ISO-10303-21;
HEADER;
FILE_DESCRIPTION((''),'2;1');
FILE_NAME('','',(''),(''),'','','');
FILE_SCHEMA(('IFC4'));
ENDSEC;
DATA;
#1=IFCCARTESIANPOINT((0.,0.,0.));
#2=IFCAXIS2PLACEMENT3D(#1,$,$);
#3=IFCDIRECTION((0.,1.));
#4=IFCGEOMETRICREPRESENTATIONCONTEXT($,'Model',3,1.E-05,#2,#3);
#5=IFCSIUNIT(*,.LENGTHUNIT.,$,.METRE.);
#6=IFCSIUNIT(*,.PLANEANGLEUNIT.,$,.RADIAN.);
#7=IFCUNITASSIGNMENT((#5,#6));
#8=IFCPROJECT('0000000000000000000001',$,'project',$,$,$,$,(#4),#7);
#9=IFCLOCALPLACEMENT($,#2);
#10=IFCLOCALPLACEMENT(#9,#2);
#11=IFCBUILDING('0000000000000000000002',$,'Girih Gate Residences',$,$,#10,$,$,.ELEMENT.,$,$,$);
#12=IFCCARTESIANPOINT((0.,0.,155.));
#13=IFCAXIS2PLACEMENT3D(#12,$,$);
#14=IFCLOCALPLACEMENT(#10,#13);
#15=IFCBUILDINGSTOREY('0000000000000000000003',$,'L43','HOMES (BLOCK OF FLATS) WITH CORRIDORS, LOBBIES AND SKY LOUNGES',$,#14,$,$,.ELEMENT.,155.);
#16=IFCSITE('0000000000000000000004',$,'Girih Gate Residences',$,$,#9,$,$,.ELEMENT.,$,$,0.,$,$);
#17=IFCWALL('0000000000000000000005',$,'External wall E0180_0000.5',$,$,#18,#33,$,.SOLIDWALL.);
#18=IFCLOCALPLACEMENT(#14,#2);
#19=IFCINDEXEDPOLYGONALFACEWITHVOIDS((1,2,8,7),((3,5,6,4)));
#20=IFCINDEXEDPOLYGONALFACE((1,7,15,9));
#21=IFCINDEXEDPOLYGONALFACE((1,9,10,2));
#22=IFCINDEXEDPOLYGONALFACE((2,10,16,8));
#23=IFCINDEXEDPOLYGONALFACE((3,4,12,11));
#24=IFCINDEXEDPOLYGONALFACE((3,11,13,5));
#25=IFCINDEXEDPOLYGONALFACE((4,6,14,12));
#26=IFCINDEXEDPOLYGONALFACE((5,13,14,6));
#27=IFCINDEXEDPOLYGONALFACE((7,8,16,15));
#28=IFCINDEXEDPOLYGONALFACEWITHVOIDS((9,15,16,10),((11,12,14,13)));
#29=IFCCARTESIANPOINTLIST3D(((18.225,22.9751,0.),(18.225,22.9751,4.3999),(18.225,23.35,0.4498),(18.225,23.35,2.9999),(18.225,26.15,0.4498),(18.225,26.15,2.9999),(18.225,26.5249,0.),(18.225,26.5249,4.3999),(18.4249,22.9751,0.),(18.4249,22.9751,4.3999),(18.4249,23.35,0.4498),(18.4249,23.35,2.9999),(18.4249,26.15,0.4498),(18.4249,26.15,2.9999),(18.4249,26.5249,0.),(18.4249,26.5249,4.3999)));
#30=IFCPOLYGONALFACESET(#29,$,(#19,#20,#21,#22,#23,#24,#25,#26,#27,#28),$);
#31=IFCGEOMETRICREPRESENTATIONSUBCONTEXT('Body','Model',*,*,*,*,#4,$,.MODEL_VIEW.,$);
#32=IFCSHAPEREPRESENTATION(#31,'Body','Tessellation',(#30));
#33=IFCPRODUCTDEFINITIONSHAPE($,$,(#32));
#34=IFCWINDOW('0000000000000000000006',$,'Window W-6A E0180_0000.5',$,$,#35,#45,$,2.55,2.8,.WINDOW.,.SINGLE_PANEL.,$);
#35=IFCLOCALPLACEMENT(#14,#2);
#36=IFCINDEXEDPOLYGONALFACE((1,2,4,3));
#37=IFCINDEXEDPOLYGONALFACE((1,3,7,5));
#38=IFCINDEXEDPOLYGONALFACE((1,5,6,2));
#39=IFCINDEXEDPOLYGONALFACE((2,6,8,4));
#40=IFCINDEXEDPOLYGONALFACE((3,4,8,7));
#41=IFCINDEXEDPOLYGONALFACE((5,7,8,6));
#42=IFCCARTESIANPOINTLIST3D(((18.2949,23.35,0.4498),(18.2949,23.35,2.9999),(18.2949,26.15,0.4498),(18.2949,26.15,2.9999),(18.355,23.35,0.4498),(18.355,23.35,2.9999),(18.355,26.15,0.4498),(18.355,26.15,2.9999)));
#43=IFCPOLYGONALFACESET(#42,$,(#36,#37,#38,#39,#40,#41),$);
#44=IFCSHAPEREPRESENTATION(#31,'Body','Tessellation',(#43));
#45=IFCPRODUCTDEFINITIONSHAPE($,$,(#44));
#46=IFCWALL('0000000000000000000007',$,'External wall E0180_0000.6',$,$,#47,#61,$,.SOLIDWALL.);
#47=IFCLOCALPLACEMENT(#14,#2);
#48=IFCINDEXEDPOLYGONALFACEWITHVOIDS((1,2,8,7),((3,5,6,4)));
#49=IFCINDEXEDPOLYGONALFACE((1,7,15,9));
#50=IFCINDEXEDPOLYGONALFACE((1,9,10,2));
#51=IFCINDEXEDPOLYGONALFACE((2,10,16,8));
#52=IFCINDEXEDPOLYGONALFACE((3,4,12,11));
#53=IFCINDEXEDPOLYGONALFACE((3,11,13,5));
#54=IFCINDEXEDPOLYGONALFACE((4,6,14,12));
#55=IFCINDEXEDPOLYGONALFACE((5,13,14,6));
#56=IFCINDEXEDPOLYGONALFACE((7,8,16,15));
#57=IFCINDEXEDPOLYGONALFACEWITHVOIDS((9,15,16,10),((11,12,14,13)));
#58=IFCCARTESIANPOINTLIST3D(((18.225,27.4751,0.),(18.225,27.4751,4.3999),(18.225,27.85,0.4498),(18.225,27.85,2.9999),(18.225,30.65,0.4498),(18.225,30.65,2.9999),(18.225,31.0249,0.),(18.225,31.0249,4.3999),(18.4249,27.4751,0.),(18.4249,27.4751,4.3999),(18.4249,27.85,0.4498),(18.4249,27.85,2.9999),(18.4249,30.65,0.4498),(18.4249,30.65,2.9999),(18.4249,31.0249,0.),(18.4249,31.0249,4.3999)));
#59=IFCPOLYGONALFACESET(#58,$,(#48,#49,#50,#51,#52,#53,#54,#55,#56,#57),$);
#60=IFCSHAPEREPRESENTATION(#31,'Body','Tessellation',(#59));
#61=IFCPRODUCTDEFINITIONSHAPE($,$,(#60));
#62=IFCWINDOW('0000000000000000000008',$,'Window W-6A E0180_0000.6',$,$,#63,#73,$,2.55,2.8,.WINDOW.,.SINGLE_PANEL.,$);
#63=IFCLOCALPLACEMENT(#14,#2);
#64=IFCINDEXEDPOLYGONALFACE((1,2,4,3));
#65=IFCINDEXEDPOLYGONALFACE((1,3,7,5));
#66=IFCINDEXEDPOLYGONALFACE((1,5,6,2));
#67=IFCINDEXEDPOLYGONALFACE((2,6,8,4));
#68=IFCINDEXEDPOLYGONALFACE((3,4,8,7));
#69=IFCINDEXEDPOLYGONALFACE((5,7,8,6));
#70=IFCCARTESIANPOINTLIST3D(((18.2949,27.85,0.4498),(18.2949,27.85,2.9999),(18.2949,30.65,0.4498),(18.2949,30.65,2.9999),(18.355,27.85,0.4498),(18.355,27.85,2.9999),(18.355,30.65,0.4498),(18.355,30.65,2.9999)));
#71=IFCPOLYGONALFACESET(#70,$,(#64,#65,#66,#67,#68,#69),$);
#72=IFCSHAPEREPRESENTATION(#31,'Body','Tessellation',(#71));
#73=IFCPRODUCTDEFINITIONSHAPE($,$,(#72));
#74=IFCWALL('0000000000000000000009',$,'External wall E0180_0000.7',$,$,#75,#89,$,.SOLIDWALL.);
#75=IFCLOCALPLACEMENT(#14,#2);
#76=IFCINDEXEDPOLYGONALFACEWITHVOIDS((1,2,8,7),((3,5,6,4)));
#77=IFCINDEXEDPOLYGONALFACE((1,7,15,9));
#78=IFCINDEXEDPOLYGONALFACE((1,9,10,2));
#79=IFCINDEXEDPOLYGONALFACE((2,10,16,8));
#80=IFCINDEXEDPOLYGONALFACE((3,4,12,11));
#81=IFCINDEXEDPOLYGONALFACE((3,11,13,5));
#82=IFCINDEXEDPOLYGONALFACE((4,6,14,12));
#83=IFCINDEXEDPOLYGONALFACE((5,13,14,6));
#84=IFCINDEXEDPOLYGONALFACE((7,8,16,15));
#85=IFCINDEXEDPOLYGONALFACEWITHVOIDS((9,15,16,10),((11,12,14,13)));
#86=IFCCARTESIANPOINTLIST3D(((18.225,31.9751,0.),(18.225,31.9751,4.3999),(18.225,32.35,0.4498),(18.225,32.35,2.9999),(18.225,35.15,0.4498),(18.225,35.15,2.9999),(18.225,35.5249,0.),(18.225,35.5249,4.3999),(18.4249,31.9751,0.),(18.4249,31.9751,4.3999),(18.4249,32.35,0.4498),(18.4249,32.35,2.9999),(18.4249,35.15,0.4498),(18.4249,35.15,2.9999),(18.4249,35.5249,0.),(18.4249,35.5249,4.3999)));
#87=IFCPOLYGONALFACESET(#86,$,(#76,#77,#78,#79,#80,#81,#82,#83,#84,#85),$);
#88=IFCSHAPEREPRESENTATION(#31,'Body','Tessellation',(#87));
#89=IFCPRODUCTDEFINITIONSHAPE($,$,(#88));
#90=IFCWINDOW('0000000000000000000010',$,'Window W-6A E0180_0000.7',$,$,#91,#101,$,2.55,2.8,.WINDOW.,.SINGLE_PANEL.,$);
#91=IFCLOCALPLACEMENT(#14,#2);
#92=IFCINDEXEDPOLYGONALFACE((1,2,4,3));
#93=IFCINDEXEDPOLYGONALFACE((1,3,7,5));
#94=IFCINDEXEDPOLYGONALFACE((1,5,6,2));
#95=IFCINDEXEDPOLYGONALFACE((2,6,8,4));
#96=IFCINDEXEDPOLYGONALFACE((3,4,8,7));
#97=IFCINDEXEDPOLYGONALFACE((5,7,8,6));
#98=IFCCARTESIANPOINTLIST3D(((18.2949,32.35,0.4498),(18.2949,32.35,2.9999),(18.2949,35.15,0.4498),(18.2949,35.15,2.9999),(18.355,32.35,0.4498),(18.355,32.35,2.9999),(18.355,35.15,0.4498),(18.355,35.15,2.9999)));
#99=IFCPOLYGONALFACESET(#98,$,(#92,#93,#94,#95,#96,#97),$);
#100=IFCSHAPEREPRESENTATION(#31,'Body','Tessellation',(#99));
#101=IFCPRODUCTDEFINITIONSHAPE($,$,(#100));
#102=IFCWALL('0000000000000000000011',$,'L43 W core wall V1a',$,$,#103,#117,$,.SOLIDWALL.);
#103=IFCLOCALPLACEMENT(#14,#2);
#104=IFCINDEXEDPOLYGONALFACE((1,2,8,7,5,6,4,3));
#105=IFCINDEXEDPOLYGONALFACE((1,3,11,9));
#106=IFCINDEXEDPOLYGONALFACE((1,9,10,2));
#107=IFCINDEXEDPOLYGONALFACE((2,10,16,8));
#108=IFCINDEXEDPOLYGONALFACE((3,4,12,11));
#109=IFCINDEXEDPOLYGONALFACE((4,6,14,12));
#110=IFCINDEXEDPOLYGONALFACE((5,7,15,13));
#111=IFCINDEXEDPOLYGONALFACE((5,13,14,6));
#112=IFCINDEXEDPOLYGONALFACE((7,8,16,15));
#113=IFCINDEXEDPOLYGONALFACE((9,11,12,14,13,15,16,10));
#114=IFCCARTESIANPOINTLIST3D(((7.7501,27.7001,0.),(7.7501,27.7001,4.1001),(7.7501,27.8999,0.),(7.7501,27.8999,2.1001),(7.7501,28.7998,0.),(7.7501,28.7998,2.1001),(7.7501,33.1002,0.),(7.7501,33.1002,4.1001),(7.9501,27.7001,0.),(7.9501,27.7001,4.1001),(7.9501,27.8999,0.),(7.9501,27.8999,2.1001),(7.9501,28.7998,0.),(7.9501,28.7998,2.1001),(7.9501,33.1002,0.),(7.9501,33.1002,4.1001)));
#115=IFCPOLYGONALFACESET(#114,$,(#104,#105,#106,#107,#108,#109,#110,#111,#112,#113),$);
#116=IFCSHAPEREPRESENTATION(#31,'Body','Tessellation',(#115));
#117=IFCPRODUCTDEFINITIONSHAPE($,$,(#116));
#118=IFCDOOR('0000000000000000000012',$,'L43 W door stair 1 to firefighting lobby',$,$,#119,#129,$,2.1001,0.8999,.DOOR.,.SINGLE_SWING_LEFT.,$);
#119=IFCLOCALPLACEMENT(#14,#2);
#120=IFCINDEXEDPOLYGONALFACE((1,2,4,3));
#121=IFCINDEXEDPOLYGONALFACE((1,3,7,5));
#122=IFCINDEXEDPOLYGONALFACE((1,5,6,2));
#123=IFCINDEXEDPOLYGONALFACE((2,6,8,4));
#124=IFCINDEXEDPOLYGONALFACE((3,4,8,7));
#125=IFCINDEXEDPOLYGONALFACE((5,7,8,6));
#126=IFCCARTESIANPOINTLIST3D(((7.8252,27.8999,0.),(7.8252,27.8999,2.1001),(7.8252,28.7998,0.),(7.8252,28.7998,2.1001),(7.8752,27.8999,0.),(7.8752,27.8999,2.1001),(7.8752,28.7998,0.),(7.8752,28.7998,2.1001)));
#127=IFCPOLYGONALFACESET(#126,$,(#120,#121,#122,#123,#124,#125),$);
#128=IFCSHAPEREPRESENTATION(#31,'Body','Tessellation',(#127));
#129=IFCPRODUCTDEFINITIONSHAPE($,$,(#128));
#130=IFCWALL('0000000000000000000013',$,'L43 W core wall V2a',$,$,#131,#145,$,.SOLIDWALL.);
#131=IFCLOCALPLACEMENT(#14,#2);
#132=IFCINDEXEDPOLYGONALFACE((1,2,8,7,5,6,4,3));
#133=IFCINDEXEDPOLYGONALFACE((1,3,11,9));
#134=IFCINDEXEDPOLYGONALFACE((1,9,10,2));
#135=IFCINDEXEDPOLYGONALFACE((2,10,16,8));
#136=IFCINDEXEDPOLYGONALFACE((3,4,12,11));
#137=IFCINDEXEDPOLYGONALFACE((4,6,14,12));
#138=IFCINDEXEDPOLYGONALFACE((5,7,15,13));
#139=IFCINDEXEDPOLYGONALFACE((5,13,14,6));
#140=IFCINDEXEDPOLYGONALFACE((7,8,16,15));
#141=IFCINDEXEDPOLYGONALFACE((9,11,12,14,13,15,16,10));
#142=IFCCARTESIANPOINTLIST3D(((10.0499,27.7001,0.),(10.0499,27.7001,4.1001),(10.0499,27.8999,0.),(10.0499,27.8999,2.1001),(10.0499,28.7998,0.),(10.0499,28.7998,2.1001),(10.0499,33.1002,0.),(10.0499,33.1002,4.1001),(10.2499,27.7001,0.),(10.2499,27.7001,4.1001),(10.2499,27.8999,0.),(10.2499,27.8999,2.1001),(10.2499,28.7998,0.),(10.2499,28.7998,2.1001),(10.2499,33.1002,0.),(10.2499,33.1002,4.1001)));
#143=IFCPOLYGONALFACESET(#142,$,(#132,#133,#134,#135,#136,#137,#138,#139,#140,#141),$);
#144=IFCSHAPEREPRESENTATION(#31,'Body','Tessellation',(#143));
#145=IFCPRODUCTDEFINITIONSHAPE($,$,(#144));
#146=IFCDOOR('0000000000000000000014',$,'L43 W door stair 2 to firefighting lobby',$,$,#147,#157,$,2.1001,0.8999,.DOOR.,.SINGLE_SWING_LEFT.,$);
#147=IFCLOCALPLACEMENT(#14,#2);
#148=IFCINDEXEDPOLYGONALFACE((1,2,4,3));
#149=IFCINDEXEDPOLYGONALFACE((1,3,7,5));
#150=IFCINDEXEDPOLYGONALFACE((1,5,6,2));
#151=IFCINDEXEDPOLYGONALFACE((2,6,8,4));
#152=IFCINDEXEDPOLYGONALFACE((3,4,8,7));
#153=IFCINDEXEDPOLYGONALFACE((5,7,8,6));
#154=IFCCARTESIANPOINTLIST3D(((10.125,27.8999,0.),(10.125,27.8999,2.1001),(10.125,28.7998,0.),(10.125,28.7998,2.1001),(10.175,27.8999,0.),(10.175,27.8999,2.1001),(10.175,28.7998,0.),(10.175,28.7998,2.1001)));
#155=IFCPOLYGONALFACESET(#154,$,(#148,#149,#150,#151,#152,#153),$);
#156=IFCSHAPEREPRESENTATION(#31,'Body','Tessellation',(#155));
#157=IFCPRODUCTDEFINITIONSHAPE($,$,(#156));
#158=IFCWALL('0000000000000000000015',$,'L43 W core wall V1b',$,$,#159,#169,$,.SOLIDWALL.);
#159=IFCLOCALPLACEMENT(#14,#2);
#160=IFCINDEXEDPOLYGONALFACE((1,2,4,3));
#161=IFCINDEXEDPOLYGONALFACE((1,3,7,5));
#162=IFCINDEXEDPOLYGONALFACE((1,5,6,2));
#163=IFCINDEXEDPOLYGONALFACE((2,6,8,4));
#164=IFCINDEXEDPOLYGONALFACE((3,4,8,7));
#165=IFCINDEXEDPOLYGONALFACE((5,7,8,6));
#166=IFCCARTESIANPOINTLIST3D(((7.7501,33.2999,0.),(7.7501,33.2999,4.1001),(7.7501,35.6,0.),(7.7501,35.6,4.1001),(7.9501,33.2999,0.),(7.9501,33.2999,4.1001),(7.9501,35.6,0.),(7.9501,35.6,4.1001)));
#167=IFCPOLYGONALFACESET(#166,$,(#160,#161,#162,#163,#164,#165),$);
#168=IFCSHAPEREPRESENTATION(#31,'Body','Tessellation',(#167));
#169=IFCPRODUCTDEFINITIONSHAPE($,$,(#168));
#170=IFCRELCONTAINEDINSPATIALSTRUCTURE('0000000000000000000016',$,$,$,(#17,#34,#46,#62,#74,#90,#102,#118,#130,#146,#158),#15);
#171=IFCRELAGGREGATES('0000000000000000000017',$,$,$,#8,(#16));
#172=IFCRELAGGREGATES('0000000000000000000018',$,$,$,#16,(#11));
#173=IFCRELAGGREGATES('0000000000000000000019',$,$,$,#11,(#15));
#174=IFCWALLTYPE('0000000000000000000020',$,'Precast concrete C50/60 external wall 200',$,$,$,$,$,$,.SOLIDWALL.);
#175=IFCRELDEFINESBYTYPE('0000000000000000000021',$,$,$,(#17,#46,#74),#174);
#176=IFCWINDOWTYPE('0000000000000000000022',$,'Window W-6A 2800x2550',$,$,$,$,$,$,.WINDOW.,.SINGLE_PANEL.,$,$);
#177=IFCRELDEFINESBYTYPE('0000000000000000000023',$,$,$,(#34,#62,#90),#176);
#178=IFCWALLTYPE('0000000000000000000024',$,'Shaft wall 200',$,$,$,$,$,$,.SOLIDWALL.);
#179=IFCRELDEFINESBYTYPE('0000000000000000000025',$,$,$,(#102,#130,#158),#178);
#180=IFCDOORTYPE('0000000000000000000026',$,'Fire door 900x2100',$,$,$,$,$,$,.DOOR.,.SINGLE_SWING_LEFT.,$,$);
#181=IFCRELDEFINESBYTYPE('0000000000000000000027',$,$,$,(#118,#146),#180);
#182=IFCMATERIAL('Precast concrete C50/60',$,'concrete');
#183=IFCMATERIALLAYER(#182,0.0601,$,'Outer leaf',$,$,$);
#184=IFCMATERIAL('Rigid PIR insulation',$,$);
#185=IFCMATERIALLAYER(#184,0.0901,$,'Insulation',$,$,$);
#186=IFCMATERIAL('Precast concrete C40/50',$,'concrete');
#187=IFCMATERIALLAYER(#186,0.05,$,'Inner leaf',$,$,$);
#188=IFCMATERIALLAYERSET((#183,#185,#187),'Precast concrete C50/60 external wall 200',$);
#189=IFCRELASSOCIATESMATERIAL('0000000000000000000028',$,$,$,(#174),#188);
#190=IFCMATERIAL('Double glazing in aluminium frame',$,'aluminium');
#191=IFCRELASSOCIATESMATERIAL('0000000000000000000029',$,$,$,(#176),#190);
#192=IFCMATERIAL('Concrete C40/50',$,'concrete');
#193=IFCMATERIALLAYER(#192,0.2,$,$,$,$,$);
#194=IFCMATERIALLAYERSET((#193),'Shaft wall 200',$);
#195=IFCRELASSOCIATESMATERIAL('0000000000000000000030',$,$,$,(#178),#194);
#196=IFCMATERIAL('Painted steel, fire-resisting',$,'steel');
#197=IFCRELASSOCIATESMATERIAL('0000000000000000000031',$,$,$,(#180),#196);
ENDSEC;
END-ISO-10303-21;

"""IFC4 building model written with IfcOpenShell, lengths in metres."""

from ifc_helpers import new_model, si_unit, direction, frame, frame_2d, origin, place, context, subcontext, project, spatial, rectangle, extrude, material, layer, layer_set, type_object, element, fill, save


model = new_model("IFC4")

# Units and contexts
model_context = context("Model", 3, precision=1e-05, world=origin(), true_north=direction((0.0, 1.0)))
body_context = subcontext(model_context, "Body", "Model", "MODEL_VIEW")
ifc_project = project(units=[si_unit("LENGTHUNIT", "METRE"), si_unit("PLANEANGLEUNIT", "RADIAN")], contexts=[model_context])

# Site, building, storey
site_placement = place(None, origin())
site = spatial("IfcSite", under=ifc_project, at=site_placement, Name="Girih Gate Residences", CompositionType="ELEMENT", RefElevation=0.0)
building_placement = place(site_placement, origin())
building = spatial("IfcBuilding", under=site, at=building_placement, Name="Girih Gate Residences", CompositionType="ELEMENT")
storey_placement = place(building_placement, frame((0.0, 0.0, 155.0)))
storey = spatial("IfcBuildingStorey", under=building, at=storey_placement, Name="L43", Description="HOMES (BLOCK OF FLATS) WITH CORRIDORS, LOBBIES AND SKY LOUNGES", CompositionType="ELEMENT", Elevation=155.0)

# Shared definitions
ifc_material_1 = material(Name="Painted steel, fire-resisting", Category="steel")

# Walls, openings, windows
ifc_material_2 = material(Name="Precast concrete C50/60", Category="concrete")
ifc_layer_1 = layer(ifc_material_2, 0.0601, Name="Outer leaf")
ifc_material_3 = material(Name="Rigid PIR insulation")
ifc_layer_2 = layer(ifc_material_3, 0.0901, Name="Insulation")
ifc_material_4 = material(Name="Precast concrete C40/50", Category="concrete")
ifc_layer_3 = layer(ifc_material_4, 0.05, Name="Inner leaf")
ifc_layer_set_1 = layer_set([ifc_layer_1, ifc_layer_2, ifc_layer_3], Name="Precast concrete C50/60 external wall 200")
wall_type_1 = type_object("IfcWallType", Name="Precast concrete C50/60 external wall 200", PredefinedType="SOLIDWALL", material=ifc_layer_set_1)
wall_1_placement = place(storey_placement, frame((18.325, 26.5249, 0.0), z_axis=(0.0, 0.0, 1.0), x_axis=(0.0, -1.0, 0.0)))
wall_1 = element("IfcWall", 1, at=wall_1_placement, inside=storey, type_object=wall_type_1, Name="External wall E0180_0000.5", PredefinedType="SOLIDWALL", context=body_context, shape_type="SweptSolid", body=[
    extrude(rectangle(XDim=3.5498, YDim=0.2, at=frame_2d((1.7749, 0.0))), origin(), (0.0, 0.0, 1.0), 4.3999),
])
opening_1_placement = place(wall_1_placement, frame((0.375, 0.0, 0.45)))
opening_1 = element("IfcOpeningElement", 2, at=opening_1_placement, cuts=wall_1, PredefinedType="OPENING", context=body_context, shape_type="SweptSolid", body=[
    extrude(rectangle(XDim=2.8, YDim=2.55, at=frame_2d((1.3999, 1.2749))), frame((0.0, 0.1099, 0.0), z_axis=(0.0, -1.0, 0.0), x_axis=(1.0, 0.0, 0.0)), (0.0, 0.0, 1.0), 0.22),
])
ifc_material_5 = material(Name="Double glazing in aluminium frame", Category="aluminium")
window_type = type_object("IfcWindowType", Name="Window W-6A 2800x2550", PartitioningType="SINGLE_PANEL", PredefinedType="WINDOW", material=ifc_material_5)
window_1_placement = place(opening_1_placement, origin())
window_1 = element("IfcWindow", 3, at=window_1_placement, inside=storey, type_object=window_type, Name="Window W-6A E0180_0000.5", OverallHeight=2.55, OverallWidth=2.8, PartitioningType="SINGLE_PANEL", PredefinedType="WINDOW", context=body_context, shape_type="SweptSolid", body=[
    extrude(rectangle(XDim=2.8, YDim=2.55, at=frame_2d((1.3999, 1.2749))), frame((0.0, 0.03, 0.0), z_axis=(0.0, -1.0, 0.0), x_axis=(1.0, 0.0, 0.0)), (0.0, 0.0, 1.0), 0.0601),
])
fill(opening_1, window_1)
wall_2_placement = place(storey_placement, frame((18.325, 31.0249, 0.0), z_axis=(0.0, 0.0, 1.0), x_axis=(0.0, -1.0, 0.0)))
wall_2 = element("IfcWall", 4, at=wall_2_placement, inside=storey, type_object=wall_type_1, Name="External wall E0180_0000.6", PredefinedType="SOLIDWALL", context=body_context, shape_type="SweptSolid", body=[
    extrude(rectangle(XDim=3.5498, YDim=0.2, at=frame_2d((1.7749, 0.0))), origin(), (0.0, 0.0, 1.0), 4.3999),
])
opening_2_placement = place(wall_2_placement, frame((0.375, 0.0, 0.45)))
opening_2 = element("IfcOpeningElement", 5, at=opening_2_placement, cuts=wall_2, PredefinedType="OPENING", context=body_context, shape_type="SweptSolid", body=[
    extrude(rectangle(XDim=2.8, YDim=2.55, at=frame_2d((1.3999, 1.2749))), frame((0.0, 0.1099, 0.0), z_axis=(0.0, -1.0, 0.0), x_axis=(1.0, 0.0, 0.0)), (0.0, 0.0, 1.0), 0.22),
])
window_2_placement = place(opening_2_placement, origin())
window_2 = element("IfcWindow", 6, at=window_2_placement, inside=storey, type_object=window_type, Name="Window W-6A E0180_0000.6", OverallHeight=2.55, OverallWidth=2.8, PartitioningType="SINGLE_PANEL", PredefinedType="WINDOW", context=body_context, shape_type="SweptSolid", body=[
    extrude(rectangle(XDim=2.8, YDim=2.55, at=frame_2d((1.3999, 1.2749))), frame((0.0, 0.03, 0.0), z_axis=(0.0, -1.0, 0.0), x_axis=(1.0, 0.0, 0.0)), (0.0, 0.0, 1.0), 0.0601),
])
fill(opening_2, window_2)
wall_3_placement = place(storey_placement, frame((18.325, 35.5249, 0.0), z_axis=(0.0, 0.0, 1.0), x_axis=(0.0, -1.0, 0.0)))
wall_3 = element("IfcWall", 7, at=wall_3_placement, inside=storey, type_object=wall_type_1, Name="External wall E0180_0000.7", PredefinedType="SOLIDWALL", context=body_context, shape_type="SweptSolid", body=[
    extrude(rectangle(XDim=3.5498, YDim=0.2, at=frame_2d((1.7749, 0.0))), origin(), (0.0, 0.0, 1.0), 4.3999),
])
opening_3_placement = place(wall_3_placement, frame((0.375, 0.0, 0.45)))
opening_3 = element("IfcOpeningElement", 8, at=opening_3_placement, cuts=wall_3, PredefinedType="OPENING", context=body_context, shape_type="SweptSolid", body=[
    extrude(rectangle(XDim=2.8, YDim=2.55, at=frame_2d((1.3999, 1.2749))), frame((0.0, 0.1099, 0.0), z_axis=(0.0, -1.0, 0.0), x_axis=(1.0, 0.0, 0.0)), (0.0, 0.0, 1.0), 0.22),
])
window_3_placement = place(opening_3_placement, origin())
window_3 = element("IfcWindow", 9, at=window_3_placement, inside=storey, type_object=window_type, Name="Window W-6A E0180_0000.7", OverallHeight=2.55, OverallWidth=2.8, PartitioningType="SINGLE_PANEL", PredefinedType="WINDOW", context=body_context, shape_type="SweptSolid", body=[
    extrude(rectangle(XDim=2.8, YDim=2.55, at=frame_2d((1.3999, 1.2749))), frame((0.0, 0.03, 0.0), z_axis=(0.0, -1.0, 0.0), x_axis=(1.0, 0.0, 0.0)), (0.0, 0.0, 1.0), 0.0601),
])
fill(opening_3, window_3)

# Walls, openings, doors
ifc_material_6 = material(Name="Concrete C40/50", Category="concrete")
ifc_layer_4 = layer(ifc_material_6, 0.2)
ifc_layer_set_2 = layer_set([ifc_layer_4], Name="Shaft wall 200")
wall_type_2 = type_object("IfcWallType", Name="Shaft wall 200", PredefinedType="SOLIDWALL", material=ifc_layer_set_2)
wall_4_placement = place(storey_placement, frame((7.8501, 27.7, 0.0), z_axis=(0.0, 0.0, 1.0), x_axis=(0.0, 1.0, 0.0)))
wall_4 = element("IfcWall", 10, at=wall_4_placement, inside=storey, type_object=wall_type_2, Name="L43 W core wall V1a", PredefinedType="SOLIDWALL", context=body_context, shape_type="SweptSolid", body=[
    extrude(rectangle(XDim=5.4001, YDim=0.2, at=frame_2d((2.7002, 0.0))), origin(), (0.0, 0.0, 1.0), 4.1001),
])
opening_4_placement = place(wall_4_placement, frame((0.2, 0.0, 0.0)))
opening_4 = element("IfcOpeningElement", 11, at=opening_4_placement, cuts=wall_4, PredefinedType="OPENING", context=body_context, shape_type="SweptSolid", body=[
    extrude(rectangle(XDim=0.8999, YDim=2.1001, at=frame_2d((0.45, 1.05))), frame((0.0, 0.1099, 0.0), z_axis=(0.0, -1.0, 0.0), x_axis=(1.0, 0.0, 0.0)), (0.0, 0.0, 1.0), 0.22),
])
door_type_1 = type_object("IfcDoorType", Name="Fire door 900x2100", OperationType="SINGLE_SWING_LEFT", PredefinedType="DOOR", material=ifc_material_1)
door_1_placement = place(opening_4_placement, origin())
door_1 = element("IfcDoor", 12, at=door_1_placement, inside=storey, type_object=door_type_1, Name="L43 W door stair 1 to firefighting lobby", OperationType="SINGLE_SWING_LEFT", OverallHeight=2.1001, OverallWidth=0.8999, PredefinedType="DOOR", context=body_context, shape_type="SweptSolid", body=[
    extrude(rectangle(XDim=0.8999, YDim=2.1001, at=frame_2d((0.45, 1.05))), frame((0.0, 0.0249, 0.0), z_axis=(0.0, -1.0, 0.0), x_axis=(1.0, 0.0, 0.0)), (0.0, 0.0, 1.0), 0.05),
])
fill(opening_4, door_1)
wall_5_placement = place(storey_placement, frame((10.1499, 27.7, 0.0), z_axis=(0.0, 0.0, 1.0), x_axis=(0.0, 1.0, 0.0)))
wall_5 = element("IfcWall", 13, at=wall_5_placement, inside=storey, type_object=wall_type_2, Name="L43 W core wall V2a", PredefinedType="SOLIDWALL", context=body_context, shape_type="SweptSolid", body=[
    extrude(rectangle(XDim=5.4001, YDim=0.2, at=frame_2d((2.7002, 0.0))), origin(), (0.0, 0.0, 1.0), 4.1001),
])
opening_5_placement = place(wall_5_placement, frame((0.2, 0.0, 0.0)))
opening_5 = element("IfcOpeningElement", 14, at=opening_5_placement, cuts=wall_5, PredefinedType="OPENING", context=body_context, shape_type="SweptSolid", body=[
    extrude(rectangle(XDim=0.8999, YDim=2.1001, at=frame_2d((0.45, 1.05))), frame((0.0, 0.1099, 0.0), z_axis=(0.0, -1.0, 0.0), x_axis=(1.0, 0.0, 0.0)), (0.0, 0.0, 1.0), 0.22),
])
door_2_placement = place(opening_5_placement, origin())
door_2 = element("IfcDoor", 15, at=door_2_placement, inside=storey, type_object=door_type_1, Name="L43 W door stair 2 to firefighting lobby", OperationType="SINGLE_SWING_LEFT", OverallHeight=2.1001, OverallWidth=0.8999, PredefinedType="DOOR", context=body_context, shape_type="SweptSolid", body=[
    extrude(rectangle(XDim=0.8999, YDim=2.1001, at=frame_2d((0.45, 1.05))), frame((0.0, 0.0249, 0.0), z_axis=(0.0, -1.0, 0.0), x_axis=(1.0, 0.0, 0.0)), (0.0, 0.0, 1.0), 0.05),
])
fill(opening_5, door_2)

# Wall
for number, where, z_axis, x_axis, name in (
    (16, (7.8501, 33.3, 0.0), (0.0, 0.0, 1.0), (0.0, 1.0, 0.0), "L43 W core wall V1b"),
):
    element("IfcWall", number, at=place(storey_placement, frame(where, z_axis=z_axis, x_axis=x_axis)), inside=storey, type_object=wall_type_2, Name=name, PredefinedType="SOLIDWALL", context=body_context, shape_type="SweptSolid", body=[
        extrude(rectangle(XDim=2.3, YDim=0.2, at=frame_2d((1.1499, 0.0))), origin(), (0.0, 0.0, 1.0), 4.1001),
    ])

save(model, "model.ifc")
